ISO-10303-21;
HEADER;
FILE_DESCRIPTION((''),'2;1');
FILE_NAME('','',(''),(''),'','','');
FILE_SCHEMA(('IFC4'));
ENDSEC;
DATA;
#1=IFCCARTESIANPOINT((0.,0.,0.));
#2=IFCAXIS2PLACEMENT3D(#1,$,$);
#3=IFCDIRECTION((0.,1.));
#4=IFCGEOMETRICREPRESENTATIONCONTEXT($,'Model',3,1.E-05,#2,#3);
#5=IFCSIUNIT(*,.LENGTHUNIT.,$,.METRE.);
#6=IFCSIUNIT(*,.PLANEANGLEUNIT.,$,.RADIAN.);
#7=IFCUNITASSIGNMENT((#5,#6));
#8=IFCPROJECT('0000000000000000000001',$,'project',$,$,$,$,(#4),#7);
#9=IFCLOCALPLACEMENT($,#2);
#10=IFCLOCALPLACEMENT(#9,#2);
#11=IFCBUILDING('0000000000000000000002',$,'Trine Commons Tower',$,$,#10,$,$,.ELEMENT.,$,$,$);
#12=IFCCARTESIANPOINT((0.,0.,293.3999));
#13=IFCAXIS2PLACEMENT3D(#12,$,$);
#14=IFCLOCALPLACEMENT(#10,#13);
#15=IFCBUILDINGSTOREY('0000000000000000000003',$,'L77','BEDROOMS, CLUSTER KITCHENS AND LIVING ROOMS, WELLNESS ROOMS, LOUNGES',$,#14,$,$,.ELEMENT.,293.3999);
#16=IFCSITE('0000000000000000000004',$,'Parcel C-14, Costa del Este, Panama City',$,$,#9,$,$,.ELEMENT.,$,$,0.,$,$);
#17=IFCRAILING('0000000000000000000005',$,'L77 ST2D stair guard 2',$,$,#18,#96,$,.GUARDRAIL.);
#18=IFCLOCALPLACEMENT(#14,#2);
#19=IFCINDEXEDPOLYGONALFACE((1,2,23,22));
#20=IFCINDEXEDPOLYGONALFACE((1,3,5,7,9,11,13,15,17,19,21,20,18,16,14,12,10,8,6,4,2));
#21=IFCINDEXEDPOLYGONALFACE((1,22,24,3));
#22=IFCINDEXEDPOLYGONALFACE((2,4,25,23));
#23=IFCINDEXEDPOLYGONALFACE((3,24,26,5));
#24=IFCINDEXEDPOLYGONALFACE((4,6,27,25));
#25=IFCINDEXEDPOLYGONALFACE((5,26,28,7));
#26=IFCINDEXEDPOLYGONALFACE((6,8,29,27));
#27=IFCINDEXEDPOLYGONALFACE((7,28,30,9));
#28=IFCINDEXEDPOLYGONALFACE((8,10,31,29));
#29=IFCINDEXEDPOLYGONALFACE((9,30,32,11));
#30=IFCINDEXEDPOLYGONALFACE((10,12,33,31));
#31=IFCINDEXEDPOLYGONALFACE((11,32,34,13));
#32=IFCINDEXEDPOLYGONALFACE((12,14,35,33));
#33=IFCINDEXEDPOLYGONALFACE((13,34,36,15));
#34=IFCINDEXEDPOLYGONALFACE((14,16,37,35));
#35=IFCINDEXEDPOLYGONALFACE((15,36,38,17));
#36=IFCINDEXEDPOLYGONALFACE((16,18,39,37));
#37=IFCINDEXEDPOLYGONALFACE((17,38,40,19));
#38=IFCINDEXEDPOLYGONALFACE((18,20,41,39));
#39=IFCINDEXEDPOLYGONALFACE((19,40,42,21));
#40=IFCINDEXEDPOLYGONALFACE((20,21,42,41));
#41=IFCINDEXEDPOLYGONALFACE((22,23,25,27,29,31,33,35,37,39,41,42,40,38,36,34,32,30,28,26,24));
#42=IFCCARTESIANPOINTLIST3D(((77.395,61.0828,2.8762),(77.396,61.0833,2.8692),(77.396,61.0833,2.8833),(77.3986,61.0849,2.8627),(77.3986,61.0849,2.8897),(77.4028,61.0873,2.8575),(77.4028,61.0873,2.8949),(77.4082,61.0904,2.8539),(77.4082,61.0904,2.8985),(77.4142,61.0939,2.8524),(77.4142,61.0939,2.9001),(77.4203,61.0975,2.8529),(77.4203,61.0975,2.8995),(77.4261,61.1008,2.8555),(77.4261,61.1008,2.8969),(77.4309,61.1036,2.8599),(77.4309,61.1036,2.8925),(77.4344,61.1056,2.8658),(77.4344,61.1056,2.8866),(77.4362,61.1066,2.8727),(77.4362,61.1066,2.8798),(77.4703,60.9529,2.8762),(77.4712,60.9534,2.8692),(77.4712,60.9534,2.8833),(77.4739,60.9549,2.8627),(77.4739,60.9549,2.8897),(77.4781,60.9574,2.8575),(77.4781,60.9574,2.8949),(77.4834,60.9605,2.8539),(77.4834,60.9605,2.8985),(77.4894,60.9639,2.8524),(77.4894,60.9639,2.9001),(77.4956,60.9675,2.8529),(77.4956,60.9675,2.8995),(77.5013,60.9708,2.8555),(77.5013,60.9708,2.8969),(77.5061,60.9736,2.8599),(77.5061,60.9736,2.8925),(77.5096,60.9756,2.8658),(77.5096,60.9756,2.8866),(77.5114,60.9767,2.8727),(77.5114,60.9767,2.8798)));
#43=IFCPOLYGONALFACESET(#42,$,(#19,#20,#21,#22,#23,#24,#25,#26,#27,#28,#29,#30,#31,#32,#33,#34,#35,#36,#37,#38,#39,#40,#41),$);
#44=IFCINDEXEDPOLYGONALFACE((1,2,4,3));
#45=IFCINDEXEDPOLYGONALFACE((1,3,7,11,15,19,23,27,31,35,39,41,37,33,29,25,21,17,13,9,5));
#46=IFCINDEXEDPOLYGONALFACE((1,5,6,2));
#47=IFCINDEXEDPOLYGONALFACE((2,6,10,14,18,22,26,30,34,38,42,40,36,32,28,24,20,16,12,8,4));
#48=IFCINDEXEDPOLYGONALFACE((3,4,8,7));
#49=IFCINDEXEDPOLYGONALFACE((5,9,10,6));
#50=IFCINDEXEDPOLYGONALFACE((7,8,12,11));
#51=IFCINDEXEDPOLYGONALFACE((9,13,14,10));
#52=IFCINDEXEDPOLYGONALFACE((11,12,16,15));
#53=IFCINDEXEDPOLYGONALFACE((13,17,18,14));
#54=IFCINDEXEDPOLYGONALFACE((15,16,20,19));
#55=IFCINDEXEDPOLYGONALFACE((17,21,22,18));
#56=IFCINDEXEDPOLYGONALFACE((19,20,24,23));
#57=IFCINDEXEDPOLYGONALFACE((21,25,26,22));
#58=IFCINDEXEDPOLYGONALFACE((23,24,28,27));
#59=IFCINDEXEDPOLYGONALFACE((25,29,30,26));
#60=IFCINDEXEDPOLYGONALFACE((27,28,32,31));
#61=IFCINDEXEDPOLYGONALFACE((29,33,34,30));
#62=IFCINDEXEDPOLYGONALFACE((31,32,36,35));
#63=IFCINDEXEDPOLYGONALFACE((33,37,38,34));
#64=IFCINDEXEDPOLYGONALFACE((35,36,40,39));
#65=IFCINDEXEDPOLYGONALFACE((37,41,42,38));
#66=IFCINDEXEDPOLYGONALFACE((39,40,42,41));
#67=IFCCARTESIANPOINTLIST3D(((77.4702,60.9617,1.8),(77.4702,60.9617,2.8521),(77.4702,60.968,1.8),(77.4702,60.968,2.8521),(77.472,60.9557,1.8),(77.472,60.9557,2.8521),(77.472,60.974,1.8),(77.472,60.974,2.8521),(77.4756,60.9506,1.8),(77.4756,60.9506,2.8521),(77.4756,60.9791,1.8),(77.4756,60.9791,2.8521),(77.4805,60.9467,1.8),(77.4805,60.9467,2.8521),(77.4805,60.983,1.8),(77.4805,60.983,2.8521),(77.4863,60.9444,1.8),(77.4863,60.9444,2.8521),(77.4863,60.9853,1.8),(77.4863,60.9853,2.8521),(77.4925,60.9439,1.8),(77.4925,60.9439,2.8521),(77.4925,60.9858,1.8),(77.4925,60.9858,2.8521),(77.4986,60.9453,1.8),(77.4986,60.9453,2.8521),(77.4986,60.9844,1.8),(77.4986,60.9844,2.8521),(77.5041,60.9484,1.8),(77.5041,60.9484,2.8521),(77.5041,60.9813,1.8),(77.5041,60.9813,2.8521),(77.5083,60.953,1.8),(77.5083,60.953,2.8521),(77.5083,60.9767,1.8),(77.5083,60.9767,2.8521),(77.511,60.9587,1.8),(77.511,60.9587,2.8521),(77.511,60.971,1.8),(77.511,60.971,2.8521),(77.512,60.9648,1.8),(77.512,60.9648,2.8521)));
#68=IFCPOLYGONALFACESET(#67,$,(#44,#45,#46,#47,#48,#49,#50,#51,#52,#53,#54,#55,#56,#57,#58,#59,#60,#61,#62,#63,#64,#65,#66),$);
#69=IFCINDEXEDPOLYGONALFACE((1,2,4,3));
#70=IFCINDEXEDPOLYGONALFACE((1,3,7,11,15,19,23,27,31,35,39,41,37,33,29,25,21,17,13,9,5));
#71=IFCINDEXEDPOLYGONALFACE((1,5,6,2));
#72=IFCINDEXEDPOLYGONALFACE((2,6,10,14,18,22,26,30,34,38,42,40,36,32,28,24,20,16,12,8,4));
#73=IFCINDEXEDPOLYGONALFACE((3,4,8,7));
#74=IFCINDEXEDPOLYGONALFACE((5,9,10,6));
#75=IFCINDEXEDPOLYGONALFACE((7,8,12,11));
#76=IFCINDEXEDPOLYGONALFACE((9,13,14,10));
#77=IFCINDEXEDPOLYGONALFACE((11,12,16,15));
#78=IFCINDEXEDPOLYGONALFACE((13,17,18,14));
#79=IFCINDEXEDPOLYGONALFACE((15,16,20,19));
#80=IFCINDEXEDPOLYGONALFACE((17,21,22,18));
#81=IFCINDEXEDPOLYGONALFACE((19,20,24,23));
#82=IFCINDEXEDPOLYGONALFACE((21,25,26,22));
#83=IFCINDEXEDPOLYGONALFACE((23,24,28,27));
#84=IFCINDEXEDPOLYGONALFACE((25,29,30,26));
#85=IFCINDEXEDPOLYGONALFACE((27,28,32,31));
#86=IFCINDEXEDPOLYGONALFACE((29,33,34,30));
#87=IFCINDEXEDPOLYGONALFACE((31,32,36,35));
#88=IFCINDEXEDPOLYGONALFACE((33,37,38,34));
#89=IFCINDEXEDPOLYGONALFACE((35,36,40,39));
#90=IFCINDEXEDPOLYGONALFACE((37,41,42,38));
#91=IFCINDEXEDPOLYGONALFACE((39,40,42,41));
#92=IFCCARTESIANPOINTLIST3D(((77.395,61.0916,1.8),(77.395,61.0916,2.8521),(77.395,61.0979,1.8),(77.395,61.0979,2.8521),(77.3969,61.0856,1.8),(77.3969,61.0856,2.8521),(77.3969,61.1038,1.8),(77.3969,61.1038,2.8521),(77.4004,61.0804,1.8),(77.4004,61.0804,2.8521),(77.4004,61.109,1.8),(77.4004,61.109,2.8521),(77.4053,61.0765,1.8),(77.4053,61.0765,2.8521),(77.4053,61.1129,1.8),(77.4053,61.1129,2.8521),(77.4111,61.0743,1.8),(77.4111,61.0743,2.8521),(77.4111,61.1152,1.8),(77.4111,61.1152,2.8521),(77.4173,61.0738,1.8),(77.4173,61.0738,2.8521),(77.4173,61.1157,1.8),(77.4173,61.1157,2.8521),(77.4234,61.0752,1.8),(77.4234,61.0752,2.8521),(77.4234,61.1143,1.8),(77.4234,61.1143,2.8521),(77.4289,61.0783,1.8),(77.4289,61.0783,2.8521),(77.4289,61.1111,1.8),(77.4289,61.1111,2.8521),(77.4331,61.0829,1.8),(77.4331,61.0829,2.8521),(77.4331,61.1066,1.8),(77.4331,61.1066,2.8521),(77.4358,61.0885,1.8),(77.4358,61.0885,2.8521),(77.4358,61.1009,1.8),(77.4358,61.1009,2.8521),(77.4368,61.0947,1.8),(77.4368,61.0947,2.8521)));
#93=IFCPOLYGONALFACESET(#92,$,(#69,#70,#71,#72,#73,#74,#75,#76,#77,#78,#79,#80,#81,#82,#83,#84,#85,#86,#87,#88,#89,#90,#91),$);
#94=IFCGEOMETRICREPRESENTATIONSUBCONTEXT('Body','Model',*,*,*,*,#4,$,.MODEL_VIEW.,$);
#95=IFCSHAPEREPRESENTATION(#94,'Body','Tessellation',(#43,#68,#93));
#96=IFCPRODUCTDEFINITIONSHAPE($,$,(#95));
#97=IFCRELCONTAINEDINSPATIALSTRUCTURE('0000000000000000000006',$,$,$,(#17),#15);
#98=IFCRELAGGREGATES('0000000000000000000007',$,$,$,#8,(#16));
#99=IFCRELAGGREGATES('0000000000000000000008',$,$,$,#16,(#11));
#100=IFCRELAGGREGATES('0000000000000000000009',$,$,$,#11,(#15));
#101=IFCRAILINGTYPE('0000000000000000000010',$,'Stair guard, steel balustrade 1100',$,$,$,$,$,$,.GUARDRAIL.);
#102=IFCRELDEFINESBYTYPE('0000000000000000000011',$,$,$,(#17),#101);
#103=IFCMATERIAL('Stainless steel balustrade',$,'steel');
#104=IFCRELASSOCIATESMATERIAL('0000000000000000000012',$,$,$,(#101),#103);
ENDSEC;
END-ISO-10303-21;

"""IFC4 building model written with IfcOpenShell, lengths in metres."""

from ifc_helpers import new_model, si_unit, direction, frame, origin, origin_2d, place, context, subcontext, project, spatial, circle, extrude, material, type_object, element, save


model = new_model("IFC4")

# Units and contexts
model_context = context("Model", 3, precision=1e-05, world=origin(), true_north=direction((0.0, 1.0)))
body_context = subcontext(model_context, "Body", "Model", "MODEL_VIEW")
ifc_project = project(units=[si_unit("LENGTHUNIT", "METRE"), si_unit("PLANEANGLEUNIT", "RADIAN")], contexts=[model_context])

# Site, building, storey
site_placement = place(None, origin())
site = spatial("IfcSite", under=ifc_project, at=site_placement, Name="Parcel C-14, Costa del Este, Panama City", CompositionType="ELEMENT", RefElevation=0.0)
building_placement = place(site_placement, origin())
building = spatial("IfcBuilding", under=site, at=building_placement, Name="Trine Commons Tower", CompositionType="ELEMENT")
storey_placement = place(building_placement, frame((0.0, 0.0, 293.3999)))
storey = spatial("IfcBuildingStorey", under=building, at=storey_placement, Name="L77", Description="BEDROOMS, CLUSTER KITCHENS AND LIVING ROOMS, WELLNESS ROOMS, LOUNGES", CompositionType="ELEMENT", Elevation=293.3999)

# Railing
ifc_material_1 = material(Name="Stainless steel balustrade", Category="steel")
railing_type_1 = type_object("IfcRailingType", Name="Stair guard, steel balustrade 1100", PredefinedType="GUARDRAIL", material=ifc_material_1)
railing_1_placement = place(storey_placement, frame((77.491, 60.9648, 1.8)))
element("IfcRailing", 1, at=railing_1_placement, inside=storey, type_object=railing_type_1, Name="L77 ST2D stair guard 2", PredefinedType="GUARDRAIL", context=body_context, shape_type="SweptSolid", body=[
    extrude(circle(Radius=0.0239, at=origin_2d()), frame((0.0, 0.0, 1.0762), z_axis=(-0.501036, 0.865426, 0.0), x_axis=(-0.865426, -0.501036, 0.0)), (0.0, 0.0, 1.0), 0.1501),
    extrude(circle(Radius=0.021, at=origin_2d()), origin(), (0.0, 0.0, 1.0), 1.052),
    extrude(circle(Radius=0.021, at=origin_2d()), frame((-0.0752, 0.1299, 0.0)), (0.0, 0.0, 1.0), 1.052),
])

save(model, "model.ifc")
